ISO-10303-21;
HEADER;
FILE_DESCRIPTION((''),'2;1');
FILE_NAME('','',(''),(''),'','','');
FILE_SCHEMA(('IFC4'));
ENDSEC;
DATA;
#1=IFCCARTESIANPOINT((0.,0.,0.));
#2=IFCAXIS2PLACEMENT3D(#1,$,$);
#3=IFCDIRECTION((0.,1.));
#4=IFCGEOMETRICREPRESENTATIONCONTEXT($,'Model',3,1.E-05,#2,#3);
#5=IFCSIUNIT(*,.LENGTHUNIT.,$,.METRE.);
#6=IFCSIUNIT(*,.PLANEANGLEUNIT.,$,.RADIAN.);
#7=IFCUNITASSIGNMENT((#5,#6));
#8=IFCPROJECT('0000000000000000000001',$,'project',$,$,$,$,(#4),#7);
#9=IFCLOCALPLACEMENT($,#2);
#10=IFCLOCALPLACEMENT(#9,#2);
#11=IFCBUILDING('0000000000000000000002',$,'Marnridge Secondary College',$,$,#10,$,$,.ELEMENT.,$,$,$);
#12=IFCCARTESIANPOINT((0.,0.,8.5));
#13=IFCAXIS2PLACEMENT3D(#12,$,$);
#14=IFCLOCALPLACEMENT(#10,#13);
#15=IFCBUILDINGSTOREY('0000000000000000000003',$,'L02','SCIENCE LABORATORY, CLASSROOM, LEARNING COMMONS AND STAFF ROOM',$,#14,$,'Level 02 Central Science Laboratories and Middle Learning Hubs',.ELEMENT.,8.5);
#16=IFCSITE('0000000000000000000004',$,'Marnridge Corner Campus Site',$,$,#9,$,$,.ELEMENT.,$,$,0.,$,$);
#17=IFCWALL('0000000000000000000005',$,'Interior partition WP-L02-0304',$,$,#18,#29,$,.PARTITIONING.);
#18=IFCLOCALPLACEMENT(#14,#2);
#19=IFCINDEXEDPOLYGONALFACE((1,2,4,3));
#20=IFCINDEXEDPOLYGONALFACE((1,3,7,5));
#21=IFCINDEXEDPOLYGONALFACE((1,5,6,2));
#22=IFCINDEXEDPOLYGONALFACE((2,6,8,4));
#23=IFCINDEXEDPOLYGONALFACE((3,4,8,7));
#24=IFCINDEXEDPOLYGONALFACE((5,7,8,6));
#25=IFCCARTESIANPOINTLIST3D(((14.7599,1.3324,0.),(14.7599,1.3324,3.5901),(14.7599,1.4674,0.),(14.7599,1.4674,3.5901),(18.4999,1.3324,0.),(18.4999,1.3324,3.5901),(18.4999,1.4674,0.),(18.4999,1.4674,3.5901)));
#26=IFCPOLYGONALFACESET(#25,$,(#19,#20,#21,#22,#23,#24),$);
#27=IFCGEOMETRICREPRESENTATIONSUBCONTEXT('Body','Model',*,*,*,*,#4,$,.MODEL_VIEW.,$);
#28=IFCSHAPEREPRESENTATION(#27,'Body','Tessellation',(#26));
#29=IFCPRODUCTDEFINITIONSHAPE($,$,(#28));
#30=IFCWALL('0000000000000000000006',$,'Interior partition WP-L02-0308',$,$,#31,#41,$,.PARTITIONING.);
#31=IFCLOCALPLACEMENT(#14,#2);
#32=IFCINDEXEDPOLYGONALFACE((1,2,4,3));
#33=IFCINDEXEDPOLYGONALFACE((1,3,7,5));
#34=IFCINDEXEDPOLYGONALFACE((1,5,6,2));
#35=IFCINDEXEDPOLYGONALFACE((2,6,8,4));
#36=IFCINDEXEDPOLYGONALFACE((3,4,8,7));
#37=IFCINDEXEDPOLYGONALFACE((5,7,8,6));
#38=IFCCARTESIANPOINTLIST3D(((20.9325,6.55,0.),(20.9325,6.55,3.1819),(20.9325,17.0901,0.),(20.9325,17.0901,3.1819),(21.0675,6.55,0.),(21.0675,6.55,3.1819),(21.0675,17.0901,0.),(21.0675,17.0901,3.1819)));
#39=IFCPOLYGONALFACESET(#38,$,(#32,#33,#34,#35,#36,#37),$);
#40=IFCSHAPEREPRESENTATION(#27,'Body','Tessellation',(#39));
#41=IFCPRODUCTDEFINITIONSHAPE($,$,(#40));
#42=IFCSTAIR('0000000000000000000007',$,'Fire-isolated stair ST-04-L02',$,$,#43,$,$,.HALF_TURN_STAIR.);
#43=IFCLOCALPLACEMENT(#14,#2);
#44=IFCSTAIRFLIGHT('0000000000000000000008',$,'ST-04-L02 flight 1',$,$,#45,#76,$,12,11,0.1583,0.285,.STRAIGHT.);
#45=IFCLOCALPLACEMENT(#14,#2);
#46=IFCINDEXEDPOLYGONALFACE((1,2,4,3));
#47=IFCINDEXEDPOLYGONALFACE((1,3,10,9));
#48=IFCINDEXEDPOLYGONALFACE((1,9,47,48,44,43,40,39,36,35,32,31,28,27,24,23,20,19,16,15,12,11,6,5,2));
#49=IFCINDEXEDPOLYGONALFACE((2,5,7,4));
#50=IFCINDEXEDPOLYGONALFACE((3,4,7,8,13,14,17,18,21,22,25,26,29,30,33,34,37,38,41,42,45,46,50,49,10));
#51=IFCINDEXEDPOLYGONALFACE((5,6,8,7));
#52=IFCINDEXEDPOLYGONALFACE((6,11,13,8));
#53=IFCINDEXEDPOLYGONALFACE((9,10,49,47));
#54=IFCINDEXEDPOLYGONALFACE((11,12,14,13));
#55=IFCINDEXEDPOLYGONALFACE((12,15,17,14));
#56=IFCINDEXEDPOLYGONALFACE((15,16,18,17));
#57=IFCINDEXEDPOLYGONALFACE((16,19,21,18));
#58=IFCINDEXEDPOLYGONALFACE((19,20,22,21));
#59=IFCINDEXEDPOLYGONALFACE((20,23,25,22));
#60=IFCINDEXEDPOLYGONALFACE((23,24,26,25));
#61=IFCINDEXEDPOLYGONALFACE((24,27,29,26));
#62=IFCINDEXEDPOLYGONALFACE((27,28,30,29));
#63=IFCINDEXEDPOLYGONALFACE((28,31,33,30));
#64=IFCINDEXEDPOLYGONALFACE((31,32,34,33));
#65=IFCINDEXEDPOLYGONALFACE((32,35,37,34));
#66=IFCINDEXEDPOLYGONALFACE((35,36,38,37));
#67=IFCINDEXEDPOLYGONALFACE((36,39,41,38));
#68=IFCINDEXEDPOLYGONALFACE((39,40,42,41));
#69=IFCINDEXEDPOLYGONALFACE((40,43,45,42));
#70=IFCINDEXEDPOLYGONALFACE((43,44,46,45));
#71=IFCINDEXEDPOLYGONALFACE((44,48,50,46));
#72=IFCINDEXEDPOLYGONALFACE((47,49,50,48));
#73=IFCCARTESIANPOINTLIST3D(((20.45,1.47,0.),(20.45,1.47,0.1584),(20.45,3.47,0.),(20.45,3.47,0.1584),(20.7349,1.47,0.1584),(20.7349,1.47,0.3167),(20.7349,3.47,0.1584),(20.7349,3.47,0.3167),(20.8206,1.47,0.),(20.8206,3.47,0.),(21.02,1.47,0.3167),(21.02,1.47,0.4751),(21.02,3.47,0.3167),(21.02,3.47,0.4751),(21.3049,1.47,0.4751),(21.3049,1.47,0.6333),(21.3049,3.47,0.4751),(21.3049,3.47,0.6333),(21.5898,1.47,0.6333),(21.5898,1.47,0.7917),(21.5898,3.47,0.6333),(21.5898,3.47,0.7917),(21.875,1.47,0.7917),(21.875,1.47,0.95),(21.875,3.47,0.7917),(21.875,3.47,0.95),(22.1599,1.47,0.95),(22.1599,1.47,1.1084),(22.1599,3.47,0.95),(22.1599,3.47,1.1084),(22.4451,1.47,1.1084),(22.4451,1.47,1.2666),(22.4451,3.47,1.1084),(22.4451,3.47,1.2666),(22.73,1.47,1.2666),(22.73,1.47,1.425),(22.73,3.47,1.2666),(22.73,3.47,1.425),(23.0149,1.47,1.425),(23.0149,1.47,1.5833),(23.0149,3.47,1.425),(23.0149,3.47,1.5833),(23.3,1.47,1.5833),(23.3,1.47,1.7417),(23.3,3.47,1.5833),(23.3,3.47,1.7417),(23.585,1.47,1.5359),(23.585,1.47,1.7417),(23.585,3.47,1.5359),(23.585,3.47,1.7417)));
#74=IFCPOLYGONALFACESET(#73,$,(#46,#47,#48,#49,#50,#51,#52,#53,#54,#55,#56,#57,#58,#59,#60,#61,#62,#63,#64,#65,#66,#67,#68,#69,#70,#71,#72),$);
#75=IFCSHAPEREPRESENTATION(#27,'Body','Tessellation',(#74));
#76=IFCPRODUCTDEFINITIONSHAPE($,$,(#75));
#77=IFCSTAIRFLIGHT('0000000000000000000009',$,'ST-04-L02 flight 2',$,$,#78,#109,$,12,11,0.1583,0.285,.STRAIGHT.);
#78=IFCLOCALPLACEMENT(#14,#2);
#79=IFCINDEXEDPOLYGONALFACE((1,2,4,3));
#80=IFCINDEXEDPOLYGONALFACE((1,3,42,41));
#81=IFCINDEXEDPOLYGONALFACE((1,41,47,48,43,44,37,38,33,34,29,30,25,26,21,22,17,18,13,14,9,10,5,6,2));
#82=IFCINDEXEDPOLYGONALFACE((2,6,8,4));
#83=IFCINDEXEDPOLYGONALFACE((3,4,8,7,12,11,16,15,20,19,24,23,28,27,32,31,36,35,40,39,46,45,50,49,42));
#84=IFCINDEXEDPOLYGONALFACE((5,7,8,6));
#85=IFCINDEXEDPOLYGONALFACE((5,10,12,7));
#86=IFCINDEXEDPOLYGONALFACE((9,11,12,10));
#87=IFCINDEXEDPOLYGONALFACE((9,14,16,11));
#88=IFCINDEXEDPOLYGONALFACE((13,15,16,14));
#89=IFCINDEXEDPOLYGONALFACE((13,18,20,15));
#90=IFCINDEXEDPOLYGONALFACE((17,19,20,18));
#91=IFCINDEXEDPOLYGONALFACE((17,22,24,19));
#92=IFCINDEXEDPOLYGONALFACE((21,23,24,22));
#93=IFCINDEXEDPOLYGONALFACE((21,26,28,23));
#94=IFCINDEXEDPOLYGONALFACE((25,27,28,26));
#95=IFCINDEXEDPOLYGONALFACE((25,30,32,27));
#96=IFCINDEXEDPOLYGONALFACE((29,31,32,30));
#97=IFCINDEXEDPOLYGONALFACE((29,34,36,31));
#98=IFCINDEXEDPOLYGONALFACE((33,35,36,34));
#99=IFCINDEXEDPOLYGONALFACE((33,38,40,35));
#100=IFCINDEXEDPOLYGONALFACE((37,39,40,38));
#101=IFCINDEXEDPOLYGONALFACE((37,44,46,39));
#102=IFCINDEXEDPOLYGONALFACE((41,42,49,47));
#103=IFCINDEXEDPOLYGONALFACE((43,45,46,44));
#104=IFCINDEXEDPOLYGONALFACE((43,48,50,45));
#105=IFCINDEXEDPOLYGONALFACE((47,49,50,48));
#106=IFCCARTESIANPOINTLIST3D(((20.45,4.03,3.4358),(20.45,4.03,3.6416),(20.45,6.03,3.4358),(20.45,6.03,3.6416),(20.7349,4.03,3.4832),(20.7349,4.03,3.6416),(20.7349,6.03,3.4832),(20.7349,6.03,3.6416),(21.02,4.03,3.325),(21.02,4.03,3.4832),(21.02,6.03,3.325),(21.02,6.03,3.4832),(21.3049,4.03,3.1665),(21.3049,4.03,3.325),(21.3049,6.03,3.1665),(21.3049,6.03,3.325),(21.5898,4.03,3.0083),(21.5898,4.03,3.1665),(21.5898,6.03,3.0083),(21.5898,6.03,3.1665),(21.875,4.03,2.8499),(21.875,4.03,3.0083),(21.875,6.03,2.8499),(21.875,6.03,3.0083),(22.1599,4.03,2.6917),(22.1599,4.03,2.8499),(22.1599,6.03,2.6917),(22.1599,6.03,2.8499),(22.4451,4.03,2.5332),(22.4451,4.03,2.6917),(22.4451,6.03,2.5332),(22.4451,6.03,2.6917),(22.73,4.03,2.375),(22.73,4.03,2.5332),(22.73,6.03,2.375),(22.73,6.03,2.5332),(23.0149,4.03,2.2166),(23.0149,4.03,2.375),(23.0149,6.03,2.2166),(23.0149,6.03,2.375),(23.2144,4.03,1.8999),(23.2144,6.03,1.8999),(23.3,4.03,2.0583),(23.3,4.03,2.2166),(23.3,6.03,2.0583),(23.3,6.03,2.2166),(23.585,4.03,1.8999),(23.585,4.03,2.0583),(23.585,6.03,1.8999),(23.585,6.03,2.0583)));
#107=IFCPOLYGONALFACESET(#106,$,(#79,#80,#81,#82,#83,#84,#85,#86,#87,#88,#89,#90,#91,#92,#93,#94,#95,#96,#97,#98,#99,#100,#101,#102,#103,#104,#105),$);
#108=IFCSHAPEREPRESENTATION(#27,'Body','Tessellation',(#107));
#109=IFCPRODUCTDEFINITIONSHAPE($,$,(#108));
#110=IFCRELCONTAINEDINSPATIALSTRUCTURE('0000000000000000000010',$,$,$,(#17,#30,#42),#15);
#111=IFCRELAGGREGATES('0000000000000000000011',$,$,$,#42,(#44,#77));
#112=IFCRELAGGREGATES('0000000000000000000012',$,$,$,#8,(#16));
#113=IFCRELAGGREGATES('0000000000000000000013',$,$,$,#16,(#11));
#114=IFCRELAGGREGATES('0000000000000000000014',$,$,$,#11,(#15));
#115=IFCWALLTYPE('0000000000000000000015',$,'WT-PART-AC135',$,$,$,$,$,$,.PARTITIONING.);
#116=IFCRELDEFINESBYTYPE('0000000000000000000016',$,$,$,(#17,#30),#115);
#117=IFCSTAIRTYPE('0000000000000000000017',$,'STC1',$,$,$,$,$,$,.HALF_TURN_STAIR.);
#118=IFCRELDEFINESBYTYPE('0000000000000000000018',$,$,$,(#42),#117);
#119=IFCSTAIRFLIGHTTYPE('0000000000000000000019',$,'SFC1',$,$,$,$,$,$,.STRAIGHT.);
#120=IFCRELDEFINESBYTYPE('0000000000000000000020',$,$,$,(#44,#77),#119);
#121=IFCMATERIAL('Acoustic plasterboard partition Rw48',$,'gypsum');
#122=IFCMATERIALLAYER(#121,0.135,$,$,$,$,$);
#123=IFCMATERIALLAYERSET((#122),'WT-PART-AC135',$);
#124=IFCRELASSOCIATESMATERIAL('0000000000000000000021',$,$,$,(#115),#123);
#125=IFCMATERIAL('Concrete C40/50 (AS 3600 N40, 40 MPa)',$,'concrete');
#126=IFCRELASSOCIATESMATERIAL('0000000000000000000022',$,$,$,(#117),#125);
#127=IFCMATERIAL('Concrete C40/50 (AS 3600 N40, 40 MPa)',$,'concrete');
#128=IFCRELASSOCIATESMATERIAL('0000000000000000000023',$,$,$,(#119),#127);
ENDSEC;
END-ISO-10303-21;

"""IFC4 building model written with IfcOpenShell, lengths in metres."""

from ifc_helpers import new_model, si_unit, direction, frame, frame_2d, origin, place, context, subcontext, project, spatial, polyline, rectangle, outline, extrude, material, layer, layer_set, type_object, element, aggregate, save


model = new_model("IFC4")

# Units and contexts
model_context = context("Model", 3, precision=1e-05, world=origin(), true_north=direction((0.0, 1.0)))
body_context = subcontext(model_context, "Body", "Model", "MODEL_VIEW")
ifc_project = project(units=[si_unit("LENGTHUNIT", "METRE"), si_unit("PLANEANGLEUNIT", "RADIAN")], contexts=[model_context])

# Site, building, storey
site_placement = place(None, origin())
site = spatial("IfcSite", under=ifc_project, at=site_placement, Name="Marnridge Corner Campus Site", CompositionType="ELEMENT", RefElevation=0.0)
building_placement = place(site_placement, origin())
building = spatial("IfcBuilding", under=site, at=building_placement, Name="Marnridge Secondary College", CompositionType="ELEMENT")
storey_placement = place(building_placement, frame((0.0, 0.0, 8.5)))
storey = spatial("IfcBuildingStorey", under=building, at=storey_placement, Name="L02", Description="SCIENCE LABORATORY, CLASSROOM, LEARNING COMMONS AND STAFF ROOM", LongName="Level 02 Central Science Laboratories and Middle Learning Hubs", CompositionType="ELEMENT", Elevation=8.5)

# Walls
ifc_material_1 = material(Name="Acoustic plasterboard partition Rw48", Category="gypsum")
ifc_layer_1 = layer(ifc_material_1, 0.135)
ifc_layer_set_1 = layer_set([ifc_layer_1], Name="WT-PART-AC135")
wall_type_1 = type_object("IfcWallType", Name="WT-PART-AC135", PredefinedType="PARTITIONING", material=ifc_layer_set_1)
wall_1_placement = place(storey_placement, frame((18.5, 1.3999, 0.0), z_axis=(0.0, 0.0, 1.0), x_axis=(-1.0, 0.0, 0.0)))
element("IfcWall", 1, at=wall_1_placement, inside=storey, type_object=wall_type_1, Name="Interior partition WP-L02-0304", PredefinedType="PARTITIONING", context=body_context, shape_type="SweptSolid", body=[
    extrude(rectangle(XDim=3.74, YDim=0.135, at=frame_2d((1.8701, 0.0))), origin(), (0.0, 0.0, 1.0), 3.5901),
])
wall_2_placement = place(storey_placement, frame((21.0, 6.55, 0.0), z_axis=(0.0, 0.0, 1.0), x_axis=(0.0, 1.0, 0.0)))
element("IfcWall", 2, at=wall_2_placement, inside=storey, type_object=wall_type_1, Name="Interior partition WP-L02-0308", PredefinedType="PARTITIONING", context=body_context, shape_type="SweptSolid", body=[
    extrude(rectangle(XDim=10.54, YDim=0.135, at=frame_2d((5.27, 0.0))), origin(), (0.0, 0.0, 1.0), 3.1819),
])

# Stair, stair flights
ifc_material_2 = material(Name="Concrete C40/50 (AS 3600 N40, 40 MPa)", Category="concrete")
stair_type = type_object("IfcStairType", Name="STC1", PredefinedType="HALF_TURN_STAIR", material=ifc_material_2)
stair_placement = place(storey_placement, origin())
stair = element("IfcStair", 3, at=stair_placement, inside=storey, type_object=stair_type, Name="Fire-isolated stair ST-04-L02", PredefinedType="HALF_TURN_STAIR")
ifc_material_3 = material(Name="Concrete C40/50 (AS 3600 N40, 40 MPa)", Category="concrete")
stair_flight_type = type_object("IfcStairFlightType", Name="SFC1", PredefinedType="STRAIGHT", material=ifc_material_3)
stair_flight_1_placement = place(storey_placement, frame((20.45, 2.47, 0.0), z_axis=(0.0, 0.0, 1.0), x_axis=(1.0, 0.0, 0.0)))
stair_flight_1 = element("IfcStairFlight", 4, at=stair_flight_1_placement, type_object=stair_flight_type, Name="ST-04-L02 flight 1", NumberOfRisers=12, NumberOfTreads=11, PredefinedType="STRAIGHT", RiserHeight=0.1583, TreadLength=0.285, context=body_context, shape_type="SweptSolid", body=[
    extrude(outline(polyline([(0.0, 0.0), (0.0, 0.1584), (0.2849, 0.1584), (0.2849, 0.3167), (0.5701, 0.3167), (0.5701, 0.4751), (0.855, 0.4751), (0.855, 0.6333), (1.1399, 0.6333), (1.1399, 0.7917), (1.425, 0.7917), (1.425, 0.95), (1.71, 0.95), (1.71, 1.1084), (1.9951, 1.1084), (1.9951, 1.2666), (2.28, 1.2666), (2.28, 1.425), (2.5649, 1.425), (2.5649, 1.5833), (2.8501, 1.5833), (2.8501, 1.7417), (3.135, 1.7417), (3.135, 1.8999), (3.135, 1.5359), (0.3706, 0.0), (0.0, 0.0)])), frame((0.0, 1.0, 0.0), z_axis=(0.0, -1.0, 0.0), x_axis=(1.0, 0.0, 0.0)), (0.0, 0.0, 1.0), 2.0),
])
stair_flight_2_placement = place(storey_placement, frame((23.585, 5.03, 1.8999), z_axis=(0.0, 0.0, 1.0), x_axis=(-1.0, 0.0, 0.0)))
stair_flight_2 = element("IfcStairFlight", 5, at=stair_flight_2_placement, type_object=stair_flight_type, Name="ST-04-L02 flight 2", NumberOfRisers=12, NumberOfTreads=11, PredefinedType="STRAIGHT", RiserHeight=0.1583, TreadLength=0.285, context=body_context, shape_type="SweptSolid", body=[
    extrude(outline(polyline([(0.0, 0.0), (0.0, 0.1584), (0.2849, 0.1584), (0.2849, 0.3167), (0.5701, 0.3167), (0.5701, 0.4751), (0.855, 0.4751), (0.855, 0.6333), (1.1399, 0.6333), (1.1399, 0.7917), (1.425, 0.7917), (1.425, 0.95), (1.71, 0.95), (1.71, 1.1084), (1.9951, 1.1084), (1.9951, 1.2666), (2.28, 1.2666), (2.28, 1.425), (2.5649, 1.425), (2.5649, 1.5833), (2.8501, 1.5833), (2.8501, 1.7417), (3.135, 1.7417), (3.135, 1.8999), (3.135, 1.5359), (0.3706, 0.0), (0.0, 0.0)])), frame((0.0, 1.0, 0.0), z_axis=(0.0, -1.0, 0.0), x_axis=(1.0, 0.0, 0.0)), (0.0, 0.0, 1.0), 2.0),
])
aggregate(stair, [stair_flight_1, stair_flight_2])

save(model, "model.ifc")
